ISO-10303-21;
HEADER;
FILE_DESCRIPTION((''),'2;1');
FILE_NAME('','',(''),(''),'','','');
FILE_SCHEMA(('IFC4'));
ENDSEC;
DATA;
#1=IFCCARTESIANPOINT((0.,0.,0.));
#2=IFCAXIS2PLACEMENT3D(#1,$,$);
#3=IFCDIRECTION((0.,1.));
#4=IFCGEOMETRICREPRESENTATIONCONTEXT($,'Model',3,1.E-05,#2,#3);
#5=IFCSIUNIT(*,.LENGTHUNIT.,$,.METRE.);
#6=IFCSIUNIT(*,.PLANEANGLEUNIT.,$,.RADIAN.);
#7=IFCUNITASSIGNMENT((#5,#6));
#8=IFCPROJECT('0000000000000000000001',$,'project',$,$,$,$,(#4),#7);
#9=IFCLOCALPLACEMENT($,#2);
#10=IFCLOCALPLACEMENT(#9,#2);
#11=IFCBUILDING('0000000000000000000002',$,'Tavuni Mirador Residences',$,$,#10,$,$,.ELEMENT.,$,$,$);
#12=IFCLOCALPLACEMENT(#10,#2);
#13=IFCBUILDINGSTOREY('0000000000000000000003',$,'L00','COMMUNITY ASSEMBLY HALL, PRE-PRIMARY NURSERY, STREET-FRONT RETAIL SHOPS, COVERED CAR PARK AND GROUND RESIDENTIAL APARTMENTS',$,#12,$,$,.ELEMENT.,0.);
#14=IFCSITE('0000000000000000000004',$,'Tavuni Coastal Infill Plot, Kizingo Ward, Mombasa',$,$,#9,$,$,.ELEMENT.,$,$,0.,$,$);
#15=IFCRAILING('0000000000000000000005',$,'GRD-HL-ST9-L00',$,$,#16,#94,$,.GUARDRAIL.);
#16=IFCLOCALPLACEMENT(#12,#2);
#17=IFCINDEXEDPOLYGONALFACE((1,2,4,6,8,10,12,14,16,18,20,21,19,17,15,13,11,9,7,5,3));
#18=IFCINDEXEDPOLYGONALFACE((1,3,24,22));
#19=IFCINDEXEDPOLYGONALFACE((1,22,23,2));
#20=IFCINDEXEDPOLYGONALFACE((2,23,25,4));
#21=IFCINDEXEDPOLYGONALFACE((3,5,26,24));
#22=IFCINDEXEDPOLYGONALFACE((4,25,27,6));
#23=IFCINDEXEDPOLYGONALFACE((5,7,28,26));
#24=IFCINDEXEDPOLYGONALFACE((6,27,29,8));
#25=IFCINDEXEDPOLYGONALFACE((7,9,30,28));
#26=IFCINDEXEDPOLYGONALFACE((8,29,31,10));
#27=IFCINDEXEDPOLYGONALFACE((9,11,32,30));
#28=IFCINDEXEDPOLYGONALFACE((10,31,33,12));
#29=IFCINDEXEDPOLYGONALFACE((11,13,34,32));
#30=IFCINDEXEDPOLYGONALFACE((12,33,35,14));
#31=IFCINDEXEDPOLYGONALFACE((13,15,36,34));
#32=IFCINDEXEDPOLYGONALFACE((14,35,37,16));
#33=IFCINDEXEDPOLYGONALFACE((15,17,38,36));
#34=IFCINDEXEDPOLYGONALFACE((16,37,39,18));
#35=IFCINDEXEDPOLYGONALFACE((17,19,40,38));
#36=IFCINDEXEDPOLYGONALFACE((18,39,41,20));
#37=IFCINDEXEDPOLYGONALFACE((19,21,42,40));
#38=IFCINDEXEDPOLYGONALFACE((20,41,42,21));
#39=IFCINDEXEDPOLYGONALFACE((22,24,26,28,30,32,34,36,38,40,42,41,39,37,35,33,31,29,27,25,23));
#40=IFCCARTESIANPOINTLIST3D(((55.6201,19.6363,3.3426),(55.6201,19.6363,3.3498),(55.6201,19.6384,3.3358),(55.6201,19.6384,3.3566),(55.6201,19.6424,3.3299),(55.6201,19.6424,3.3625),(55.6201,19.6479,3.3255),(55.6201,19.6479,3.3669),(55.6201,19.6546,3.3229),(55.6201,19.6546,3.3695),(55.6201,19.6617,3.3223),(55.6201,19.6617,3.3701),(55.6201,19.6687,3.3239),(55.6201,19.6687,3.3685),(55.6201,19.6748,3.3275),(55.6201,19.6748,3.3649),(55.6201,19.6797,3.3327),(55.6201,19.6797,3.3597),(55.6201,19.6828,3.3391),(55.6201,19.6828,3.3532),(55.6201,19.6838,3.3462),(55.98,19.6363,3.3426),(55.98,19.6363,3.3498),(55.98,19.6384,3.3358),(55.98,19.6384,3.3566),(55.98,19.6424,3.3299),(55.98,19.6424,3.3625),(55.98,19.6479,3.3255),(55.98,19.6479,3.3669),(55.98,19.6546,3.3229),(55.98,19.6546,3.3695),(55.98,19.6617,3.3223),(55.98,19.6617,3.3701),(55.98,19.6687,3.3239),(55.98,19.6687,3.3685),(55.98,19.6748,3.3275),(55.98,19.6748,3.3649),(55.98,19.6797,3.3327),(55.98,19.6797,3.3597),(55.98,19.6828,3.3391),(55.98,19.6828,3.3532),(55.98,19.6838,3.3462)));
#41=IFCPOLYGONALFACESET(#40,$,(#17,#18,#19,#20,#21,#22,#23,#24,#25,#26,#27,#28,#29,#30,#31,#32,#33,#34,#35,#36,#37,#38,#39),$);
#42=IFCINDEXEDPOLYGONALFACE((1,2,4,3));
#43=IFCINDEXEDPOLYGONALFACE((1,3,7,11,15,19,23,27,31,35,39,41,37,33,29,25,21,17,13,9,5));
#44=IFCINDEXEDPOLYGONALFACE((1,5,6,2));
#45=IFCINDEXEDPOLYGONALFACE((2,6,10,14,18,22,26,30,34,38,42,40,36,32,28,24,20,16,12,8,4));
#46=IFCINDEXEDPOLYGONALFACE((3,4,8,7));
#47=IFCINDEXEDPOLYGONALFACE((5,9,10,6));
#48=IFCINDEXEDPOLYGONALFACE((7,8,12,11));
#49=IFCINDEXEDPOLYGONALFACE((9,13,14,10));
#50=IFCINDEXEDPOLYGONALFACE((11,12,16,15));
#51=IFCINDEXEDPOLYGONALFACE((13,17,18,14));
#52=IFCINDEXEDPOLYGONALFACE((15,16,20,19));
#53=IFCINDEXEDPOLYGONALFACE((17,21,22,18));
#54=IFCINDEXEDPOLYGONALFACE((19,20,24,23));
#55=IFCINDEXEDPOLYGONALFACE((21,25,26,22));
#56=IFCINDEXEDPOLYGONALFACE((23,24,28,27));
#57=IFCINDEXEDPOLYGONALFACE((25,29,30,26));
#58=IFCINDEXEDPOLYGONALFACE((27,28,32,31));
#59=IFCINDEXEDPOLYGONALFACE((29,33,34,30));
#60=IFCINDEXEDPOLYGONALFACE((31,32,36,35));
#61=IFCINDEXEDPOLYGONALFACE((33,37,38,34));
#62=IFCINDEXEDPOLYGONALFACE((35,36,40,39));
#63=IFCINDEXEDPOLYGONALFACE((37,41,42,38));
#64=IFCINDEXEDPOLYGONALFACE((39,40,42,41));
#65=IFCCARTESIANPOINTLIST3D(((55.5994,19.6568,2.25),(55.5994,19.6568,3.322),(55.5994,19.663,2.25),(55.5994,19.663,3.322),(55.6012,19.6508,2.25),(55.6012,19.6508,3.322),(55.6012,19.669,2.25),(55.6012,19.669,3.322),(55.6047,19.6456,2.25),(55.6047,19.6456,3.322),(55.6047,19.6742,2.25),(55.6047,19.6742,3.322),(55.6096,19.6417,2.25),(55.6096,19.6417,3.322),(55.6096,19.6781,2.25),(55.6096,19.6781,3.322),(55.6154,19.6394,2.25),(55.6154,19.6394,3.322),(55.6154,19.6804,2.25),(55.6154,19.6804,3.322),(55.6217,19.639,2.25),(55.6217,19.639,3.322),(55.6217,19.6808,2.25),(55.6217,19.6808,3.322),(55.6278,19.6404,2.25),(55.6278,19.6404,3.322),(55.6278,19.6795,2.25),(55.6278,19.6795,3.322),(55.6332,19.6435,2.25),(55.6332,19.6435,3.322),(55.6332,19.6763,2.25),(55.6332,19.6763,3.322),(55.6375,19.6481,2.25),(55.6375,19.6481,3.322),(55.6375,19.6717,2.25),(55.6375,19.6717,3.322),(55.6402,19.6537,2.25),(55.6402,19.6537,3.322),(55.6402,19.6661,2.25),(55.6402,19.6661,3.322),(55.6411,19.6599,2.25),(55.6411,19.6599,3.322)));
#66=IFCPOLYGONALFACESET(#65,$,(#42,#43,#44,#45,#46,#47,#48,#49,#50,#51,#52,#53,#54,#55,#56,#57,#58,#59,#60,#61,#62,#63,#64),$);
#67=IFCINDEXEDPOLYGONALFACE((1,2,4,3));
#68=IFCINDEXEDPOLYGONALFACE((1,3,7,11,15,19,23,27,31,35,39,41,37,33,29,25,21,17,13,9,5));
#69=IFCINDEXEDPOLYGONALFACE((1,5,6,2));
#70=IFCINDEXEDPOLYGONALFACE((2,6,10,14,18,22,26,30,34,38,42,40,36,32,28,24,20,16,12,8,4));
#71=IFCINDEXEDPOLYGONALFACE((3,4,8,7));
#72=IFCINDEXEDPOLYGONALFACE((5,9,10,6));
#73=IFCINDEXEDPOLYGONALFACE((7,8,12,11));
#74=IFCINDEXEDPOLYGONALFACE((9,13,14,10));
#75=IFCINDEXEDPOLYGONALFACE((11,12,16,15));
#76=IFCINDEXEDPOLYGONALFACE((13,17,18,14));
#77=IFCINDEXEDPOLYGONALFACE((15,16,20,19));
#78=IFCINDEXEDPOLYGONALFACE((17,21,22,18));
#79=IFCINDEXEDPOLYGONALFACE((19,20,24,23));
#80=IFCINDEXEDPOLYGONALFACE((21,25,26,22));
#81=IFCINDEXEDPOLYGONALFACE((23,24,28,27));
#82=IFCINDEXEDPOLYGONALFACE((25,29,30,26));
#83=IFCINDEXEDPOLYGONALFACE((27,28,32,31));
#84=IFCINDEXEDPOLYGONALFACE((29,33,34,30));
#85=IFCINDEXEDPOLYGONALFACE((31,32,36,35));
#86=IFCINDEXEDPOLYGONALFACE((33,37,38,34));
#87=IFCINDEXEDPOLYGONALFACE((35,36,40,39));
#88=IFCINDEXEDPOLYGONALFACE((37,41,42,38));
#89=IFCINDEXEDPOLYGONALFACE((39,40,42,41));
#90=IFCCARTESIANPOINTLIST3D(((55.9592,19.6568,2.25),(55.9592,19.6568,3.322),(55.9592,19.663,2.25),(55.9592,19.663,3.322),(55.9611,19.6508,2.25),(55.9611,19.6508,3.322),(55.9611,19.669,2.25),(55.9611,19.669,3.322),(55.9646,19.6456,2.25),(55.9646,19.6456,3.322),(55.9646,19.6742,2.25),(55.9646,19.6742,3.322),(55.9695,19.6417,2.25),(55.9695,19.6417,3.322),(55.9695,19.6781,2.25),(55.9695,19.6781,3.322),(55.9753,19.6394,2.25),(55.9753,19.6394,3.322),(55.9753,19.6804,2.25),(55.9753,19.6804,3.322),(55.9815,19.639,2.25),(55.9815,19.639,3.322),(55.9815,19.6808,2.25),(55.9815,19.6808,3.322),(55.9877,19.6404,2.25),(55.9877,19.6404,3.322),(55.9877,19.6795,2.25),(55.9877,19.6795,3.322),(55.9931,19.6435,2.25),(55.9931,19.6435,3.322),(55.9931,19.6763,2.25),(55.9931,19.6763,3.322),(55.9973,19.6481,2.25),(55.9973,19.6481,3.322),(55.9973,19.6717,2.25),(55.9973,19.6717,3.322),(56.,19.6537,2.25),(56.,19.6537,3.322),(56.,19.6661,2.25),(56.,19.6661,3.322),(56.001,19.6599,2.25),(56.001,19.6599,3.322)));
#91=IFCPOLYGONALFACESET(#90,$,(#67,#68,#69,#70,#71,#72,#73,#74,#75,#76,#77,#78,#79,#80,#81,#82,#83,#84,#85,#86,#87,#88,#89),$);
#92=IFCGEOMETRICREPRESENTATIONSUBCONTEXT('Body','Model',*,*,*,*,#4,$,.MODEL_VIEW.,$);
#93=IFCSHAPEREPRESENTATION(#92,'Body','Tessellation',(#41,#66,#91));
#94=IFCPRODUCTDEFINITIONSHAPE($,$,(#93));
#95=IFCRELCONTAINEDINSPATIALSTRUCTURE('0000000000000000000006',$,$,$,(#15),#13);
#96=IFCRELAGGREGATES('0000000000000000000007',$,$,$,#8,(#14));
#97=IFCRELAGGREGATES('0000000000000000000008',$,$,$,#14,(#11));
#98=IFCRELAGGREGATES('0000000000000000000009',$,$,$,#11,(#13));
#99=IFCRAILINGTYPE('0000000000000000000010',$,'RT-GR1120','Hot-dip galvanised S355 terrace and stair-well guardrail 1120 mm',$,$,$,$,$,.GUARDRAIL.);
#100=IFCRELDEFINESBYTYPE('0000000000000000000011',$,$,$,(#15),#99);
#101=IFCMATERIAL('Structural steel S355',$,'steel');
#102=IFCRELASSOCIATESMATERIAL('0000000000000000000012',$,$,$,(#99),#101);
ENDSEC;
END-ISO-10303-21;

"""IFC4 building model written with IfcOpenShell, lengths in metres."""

from ifc_helpers import new_model, si_unit, direction, frame, origin, origin_2d, place, context, subcontext, project, spatial, circle, extrude, material, type_object, element, save


model = new_model("IFC4")

# Units and contexts
model_context = context("Model", 3, precision=1e-05, world=origin(), true_north=direction((0.0, 1.0)))
body_context = subcontext(model_context, "Body", "Model", "MODEL_VIEW")
ifc_project = project(units=[si_unit("LENGTHUNIT", "METRE"), si_unit("PLANEANGLEUNIT", "RADIAN")], contexts=[model_context])

# Site, building, storey
site_placement = place(None, origin())
site = spatial("IfcSite", under=ifc_project, at=site_placement, Name="Tavuni Coastal Infill Plot, Kizingo Ward, Mombasa", CompositionType="ELEMENT", RefElevation=0.0)
building_placement = place(site_placement, origin())
building = spatial("IfcBuilding", under=site, at=building_placement, Name="Tavuni Mirador Residences", CompositionType="ELEMENT")
storey_placement = place(building_placement, origin())
storey = spatial("IfcBuildingStorey", under=building, at=storey_placement, Name="L00", Description="COMMUNITY ASSEMBLY HALL, PRE-PRIMARY NURSERY, STREET-FRONT RETAIL SHOPS, COVERED CAR PARK AND GROUND RESIDENTIAL APARTMENTS", CompositionType="ELEMENT", Elevation=0.0)

# Shared definitions
ifc_material_1 = material(Name="Structural steel S355", Category="steel")

# Railing
railing_type_1 = type_object("IfcRailingType", Name="RT-GR1120", Description="Hot-dip galvanised S355 terrace and stair-well guardrail 1120 mm", PredefinedType="GUARDRAIL", material=ifc_material_1)
railing_1_placement = place(storey_placement, frame((55.6201, 19.6599, 2.25)))
element("IfcRailing", 1, at=railing_1_placement, inside=storey, type_object=railing_type_1, Name="GRD-HL-ST9-L00", PredefinedType="GUARDRAIL", context=body_context, shape_type="SweptSolid", body=[
    extrude(circle(Radius=0.0239, at=origin_2d()), frame((0.0, 0.0, 1.0962), z_axis=(1.0, 0.0, 0.0), x_axis=(0.0, 1.0, 0.0)), (0.0, 0.0, 1.0), 0.3599),
    extrude(circle(Radius=0.021, at=origin_2d()), origin(), (0.0, 0.0, 1.0), 1.072),
    extrude(circle(Radius=0.021, at=origin_2d()), frame((0.3599, 0.0, 0.0)), (0.0, 0.0, 1.0), 1.072),
])

save(model, "model.ifc")
